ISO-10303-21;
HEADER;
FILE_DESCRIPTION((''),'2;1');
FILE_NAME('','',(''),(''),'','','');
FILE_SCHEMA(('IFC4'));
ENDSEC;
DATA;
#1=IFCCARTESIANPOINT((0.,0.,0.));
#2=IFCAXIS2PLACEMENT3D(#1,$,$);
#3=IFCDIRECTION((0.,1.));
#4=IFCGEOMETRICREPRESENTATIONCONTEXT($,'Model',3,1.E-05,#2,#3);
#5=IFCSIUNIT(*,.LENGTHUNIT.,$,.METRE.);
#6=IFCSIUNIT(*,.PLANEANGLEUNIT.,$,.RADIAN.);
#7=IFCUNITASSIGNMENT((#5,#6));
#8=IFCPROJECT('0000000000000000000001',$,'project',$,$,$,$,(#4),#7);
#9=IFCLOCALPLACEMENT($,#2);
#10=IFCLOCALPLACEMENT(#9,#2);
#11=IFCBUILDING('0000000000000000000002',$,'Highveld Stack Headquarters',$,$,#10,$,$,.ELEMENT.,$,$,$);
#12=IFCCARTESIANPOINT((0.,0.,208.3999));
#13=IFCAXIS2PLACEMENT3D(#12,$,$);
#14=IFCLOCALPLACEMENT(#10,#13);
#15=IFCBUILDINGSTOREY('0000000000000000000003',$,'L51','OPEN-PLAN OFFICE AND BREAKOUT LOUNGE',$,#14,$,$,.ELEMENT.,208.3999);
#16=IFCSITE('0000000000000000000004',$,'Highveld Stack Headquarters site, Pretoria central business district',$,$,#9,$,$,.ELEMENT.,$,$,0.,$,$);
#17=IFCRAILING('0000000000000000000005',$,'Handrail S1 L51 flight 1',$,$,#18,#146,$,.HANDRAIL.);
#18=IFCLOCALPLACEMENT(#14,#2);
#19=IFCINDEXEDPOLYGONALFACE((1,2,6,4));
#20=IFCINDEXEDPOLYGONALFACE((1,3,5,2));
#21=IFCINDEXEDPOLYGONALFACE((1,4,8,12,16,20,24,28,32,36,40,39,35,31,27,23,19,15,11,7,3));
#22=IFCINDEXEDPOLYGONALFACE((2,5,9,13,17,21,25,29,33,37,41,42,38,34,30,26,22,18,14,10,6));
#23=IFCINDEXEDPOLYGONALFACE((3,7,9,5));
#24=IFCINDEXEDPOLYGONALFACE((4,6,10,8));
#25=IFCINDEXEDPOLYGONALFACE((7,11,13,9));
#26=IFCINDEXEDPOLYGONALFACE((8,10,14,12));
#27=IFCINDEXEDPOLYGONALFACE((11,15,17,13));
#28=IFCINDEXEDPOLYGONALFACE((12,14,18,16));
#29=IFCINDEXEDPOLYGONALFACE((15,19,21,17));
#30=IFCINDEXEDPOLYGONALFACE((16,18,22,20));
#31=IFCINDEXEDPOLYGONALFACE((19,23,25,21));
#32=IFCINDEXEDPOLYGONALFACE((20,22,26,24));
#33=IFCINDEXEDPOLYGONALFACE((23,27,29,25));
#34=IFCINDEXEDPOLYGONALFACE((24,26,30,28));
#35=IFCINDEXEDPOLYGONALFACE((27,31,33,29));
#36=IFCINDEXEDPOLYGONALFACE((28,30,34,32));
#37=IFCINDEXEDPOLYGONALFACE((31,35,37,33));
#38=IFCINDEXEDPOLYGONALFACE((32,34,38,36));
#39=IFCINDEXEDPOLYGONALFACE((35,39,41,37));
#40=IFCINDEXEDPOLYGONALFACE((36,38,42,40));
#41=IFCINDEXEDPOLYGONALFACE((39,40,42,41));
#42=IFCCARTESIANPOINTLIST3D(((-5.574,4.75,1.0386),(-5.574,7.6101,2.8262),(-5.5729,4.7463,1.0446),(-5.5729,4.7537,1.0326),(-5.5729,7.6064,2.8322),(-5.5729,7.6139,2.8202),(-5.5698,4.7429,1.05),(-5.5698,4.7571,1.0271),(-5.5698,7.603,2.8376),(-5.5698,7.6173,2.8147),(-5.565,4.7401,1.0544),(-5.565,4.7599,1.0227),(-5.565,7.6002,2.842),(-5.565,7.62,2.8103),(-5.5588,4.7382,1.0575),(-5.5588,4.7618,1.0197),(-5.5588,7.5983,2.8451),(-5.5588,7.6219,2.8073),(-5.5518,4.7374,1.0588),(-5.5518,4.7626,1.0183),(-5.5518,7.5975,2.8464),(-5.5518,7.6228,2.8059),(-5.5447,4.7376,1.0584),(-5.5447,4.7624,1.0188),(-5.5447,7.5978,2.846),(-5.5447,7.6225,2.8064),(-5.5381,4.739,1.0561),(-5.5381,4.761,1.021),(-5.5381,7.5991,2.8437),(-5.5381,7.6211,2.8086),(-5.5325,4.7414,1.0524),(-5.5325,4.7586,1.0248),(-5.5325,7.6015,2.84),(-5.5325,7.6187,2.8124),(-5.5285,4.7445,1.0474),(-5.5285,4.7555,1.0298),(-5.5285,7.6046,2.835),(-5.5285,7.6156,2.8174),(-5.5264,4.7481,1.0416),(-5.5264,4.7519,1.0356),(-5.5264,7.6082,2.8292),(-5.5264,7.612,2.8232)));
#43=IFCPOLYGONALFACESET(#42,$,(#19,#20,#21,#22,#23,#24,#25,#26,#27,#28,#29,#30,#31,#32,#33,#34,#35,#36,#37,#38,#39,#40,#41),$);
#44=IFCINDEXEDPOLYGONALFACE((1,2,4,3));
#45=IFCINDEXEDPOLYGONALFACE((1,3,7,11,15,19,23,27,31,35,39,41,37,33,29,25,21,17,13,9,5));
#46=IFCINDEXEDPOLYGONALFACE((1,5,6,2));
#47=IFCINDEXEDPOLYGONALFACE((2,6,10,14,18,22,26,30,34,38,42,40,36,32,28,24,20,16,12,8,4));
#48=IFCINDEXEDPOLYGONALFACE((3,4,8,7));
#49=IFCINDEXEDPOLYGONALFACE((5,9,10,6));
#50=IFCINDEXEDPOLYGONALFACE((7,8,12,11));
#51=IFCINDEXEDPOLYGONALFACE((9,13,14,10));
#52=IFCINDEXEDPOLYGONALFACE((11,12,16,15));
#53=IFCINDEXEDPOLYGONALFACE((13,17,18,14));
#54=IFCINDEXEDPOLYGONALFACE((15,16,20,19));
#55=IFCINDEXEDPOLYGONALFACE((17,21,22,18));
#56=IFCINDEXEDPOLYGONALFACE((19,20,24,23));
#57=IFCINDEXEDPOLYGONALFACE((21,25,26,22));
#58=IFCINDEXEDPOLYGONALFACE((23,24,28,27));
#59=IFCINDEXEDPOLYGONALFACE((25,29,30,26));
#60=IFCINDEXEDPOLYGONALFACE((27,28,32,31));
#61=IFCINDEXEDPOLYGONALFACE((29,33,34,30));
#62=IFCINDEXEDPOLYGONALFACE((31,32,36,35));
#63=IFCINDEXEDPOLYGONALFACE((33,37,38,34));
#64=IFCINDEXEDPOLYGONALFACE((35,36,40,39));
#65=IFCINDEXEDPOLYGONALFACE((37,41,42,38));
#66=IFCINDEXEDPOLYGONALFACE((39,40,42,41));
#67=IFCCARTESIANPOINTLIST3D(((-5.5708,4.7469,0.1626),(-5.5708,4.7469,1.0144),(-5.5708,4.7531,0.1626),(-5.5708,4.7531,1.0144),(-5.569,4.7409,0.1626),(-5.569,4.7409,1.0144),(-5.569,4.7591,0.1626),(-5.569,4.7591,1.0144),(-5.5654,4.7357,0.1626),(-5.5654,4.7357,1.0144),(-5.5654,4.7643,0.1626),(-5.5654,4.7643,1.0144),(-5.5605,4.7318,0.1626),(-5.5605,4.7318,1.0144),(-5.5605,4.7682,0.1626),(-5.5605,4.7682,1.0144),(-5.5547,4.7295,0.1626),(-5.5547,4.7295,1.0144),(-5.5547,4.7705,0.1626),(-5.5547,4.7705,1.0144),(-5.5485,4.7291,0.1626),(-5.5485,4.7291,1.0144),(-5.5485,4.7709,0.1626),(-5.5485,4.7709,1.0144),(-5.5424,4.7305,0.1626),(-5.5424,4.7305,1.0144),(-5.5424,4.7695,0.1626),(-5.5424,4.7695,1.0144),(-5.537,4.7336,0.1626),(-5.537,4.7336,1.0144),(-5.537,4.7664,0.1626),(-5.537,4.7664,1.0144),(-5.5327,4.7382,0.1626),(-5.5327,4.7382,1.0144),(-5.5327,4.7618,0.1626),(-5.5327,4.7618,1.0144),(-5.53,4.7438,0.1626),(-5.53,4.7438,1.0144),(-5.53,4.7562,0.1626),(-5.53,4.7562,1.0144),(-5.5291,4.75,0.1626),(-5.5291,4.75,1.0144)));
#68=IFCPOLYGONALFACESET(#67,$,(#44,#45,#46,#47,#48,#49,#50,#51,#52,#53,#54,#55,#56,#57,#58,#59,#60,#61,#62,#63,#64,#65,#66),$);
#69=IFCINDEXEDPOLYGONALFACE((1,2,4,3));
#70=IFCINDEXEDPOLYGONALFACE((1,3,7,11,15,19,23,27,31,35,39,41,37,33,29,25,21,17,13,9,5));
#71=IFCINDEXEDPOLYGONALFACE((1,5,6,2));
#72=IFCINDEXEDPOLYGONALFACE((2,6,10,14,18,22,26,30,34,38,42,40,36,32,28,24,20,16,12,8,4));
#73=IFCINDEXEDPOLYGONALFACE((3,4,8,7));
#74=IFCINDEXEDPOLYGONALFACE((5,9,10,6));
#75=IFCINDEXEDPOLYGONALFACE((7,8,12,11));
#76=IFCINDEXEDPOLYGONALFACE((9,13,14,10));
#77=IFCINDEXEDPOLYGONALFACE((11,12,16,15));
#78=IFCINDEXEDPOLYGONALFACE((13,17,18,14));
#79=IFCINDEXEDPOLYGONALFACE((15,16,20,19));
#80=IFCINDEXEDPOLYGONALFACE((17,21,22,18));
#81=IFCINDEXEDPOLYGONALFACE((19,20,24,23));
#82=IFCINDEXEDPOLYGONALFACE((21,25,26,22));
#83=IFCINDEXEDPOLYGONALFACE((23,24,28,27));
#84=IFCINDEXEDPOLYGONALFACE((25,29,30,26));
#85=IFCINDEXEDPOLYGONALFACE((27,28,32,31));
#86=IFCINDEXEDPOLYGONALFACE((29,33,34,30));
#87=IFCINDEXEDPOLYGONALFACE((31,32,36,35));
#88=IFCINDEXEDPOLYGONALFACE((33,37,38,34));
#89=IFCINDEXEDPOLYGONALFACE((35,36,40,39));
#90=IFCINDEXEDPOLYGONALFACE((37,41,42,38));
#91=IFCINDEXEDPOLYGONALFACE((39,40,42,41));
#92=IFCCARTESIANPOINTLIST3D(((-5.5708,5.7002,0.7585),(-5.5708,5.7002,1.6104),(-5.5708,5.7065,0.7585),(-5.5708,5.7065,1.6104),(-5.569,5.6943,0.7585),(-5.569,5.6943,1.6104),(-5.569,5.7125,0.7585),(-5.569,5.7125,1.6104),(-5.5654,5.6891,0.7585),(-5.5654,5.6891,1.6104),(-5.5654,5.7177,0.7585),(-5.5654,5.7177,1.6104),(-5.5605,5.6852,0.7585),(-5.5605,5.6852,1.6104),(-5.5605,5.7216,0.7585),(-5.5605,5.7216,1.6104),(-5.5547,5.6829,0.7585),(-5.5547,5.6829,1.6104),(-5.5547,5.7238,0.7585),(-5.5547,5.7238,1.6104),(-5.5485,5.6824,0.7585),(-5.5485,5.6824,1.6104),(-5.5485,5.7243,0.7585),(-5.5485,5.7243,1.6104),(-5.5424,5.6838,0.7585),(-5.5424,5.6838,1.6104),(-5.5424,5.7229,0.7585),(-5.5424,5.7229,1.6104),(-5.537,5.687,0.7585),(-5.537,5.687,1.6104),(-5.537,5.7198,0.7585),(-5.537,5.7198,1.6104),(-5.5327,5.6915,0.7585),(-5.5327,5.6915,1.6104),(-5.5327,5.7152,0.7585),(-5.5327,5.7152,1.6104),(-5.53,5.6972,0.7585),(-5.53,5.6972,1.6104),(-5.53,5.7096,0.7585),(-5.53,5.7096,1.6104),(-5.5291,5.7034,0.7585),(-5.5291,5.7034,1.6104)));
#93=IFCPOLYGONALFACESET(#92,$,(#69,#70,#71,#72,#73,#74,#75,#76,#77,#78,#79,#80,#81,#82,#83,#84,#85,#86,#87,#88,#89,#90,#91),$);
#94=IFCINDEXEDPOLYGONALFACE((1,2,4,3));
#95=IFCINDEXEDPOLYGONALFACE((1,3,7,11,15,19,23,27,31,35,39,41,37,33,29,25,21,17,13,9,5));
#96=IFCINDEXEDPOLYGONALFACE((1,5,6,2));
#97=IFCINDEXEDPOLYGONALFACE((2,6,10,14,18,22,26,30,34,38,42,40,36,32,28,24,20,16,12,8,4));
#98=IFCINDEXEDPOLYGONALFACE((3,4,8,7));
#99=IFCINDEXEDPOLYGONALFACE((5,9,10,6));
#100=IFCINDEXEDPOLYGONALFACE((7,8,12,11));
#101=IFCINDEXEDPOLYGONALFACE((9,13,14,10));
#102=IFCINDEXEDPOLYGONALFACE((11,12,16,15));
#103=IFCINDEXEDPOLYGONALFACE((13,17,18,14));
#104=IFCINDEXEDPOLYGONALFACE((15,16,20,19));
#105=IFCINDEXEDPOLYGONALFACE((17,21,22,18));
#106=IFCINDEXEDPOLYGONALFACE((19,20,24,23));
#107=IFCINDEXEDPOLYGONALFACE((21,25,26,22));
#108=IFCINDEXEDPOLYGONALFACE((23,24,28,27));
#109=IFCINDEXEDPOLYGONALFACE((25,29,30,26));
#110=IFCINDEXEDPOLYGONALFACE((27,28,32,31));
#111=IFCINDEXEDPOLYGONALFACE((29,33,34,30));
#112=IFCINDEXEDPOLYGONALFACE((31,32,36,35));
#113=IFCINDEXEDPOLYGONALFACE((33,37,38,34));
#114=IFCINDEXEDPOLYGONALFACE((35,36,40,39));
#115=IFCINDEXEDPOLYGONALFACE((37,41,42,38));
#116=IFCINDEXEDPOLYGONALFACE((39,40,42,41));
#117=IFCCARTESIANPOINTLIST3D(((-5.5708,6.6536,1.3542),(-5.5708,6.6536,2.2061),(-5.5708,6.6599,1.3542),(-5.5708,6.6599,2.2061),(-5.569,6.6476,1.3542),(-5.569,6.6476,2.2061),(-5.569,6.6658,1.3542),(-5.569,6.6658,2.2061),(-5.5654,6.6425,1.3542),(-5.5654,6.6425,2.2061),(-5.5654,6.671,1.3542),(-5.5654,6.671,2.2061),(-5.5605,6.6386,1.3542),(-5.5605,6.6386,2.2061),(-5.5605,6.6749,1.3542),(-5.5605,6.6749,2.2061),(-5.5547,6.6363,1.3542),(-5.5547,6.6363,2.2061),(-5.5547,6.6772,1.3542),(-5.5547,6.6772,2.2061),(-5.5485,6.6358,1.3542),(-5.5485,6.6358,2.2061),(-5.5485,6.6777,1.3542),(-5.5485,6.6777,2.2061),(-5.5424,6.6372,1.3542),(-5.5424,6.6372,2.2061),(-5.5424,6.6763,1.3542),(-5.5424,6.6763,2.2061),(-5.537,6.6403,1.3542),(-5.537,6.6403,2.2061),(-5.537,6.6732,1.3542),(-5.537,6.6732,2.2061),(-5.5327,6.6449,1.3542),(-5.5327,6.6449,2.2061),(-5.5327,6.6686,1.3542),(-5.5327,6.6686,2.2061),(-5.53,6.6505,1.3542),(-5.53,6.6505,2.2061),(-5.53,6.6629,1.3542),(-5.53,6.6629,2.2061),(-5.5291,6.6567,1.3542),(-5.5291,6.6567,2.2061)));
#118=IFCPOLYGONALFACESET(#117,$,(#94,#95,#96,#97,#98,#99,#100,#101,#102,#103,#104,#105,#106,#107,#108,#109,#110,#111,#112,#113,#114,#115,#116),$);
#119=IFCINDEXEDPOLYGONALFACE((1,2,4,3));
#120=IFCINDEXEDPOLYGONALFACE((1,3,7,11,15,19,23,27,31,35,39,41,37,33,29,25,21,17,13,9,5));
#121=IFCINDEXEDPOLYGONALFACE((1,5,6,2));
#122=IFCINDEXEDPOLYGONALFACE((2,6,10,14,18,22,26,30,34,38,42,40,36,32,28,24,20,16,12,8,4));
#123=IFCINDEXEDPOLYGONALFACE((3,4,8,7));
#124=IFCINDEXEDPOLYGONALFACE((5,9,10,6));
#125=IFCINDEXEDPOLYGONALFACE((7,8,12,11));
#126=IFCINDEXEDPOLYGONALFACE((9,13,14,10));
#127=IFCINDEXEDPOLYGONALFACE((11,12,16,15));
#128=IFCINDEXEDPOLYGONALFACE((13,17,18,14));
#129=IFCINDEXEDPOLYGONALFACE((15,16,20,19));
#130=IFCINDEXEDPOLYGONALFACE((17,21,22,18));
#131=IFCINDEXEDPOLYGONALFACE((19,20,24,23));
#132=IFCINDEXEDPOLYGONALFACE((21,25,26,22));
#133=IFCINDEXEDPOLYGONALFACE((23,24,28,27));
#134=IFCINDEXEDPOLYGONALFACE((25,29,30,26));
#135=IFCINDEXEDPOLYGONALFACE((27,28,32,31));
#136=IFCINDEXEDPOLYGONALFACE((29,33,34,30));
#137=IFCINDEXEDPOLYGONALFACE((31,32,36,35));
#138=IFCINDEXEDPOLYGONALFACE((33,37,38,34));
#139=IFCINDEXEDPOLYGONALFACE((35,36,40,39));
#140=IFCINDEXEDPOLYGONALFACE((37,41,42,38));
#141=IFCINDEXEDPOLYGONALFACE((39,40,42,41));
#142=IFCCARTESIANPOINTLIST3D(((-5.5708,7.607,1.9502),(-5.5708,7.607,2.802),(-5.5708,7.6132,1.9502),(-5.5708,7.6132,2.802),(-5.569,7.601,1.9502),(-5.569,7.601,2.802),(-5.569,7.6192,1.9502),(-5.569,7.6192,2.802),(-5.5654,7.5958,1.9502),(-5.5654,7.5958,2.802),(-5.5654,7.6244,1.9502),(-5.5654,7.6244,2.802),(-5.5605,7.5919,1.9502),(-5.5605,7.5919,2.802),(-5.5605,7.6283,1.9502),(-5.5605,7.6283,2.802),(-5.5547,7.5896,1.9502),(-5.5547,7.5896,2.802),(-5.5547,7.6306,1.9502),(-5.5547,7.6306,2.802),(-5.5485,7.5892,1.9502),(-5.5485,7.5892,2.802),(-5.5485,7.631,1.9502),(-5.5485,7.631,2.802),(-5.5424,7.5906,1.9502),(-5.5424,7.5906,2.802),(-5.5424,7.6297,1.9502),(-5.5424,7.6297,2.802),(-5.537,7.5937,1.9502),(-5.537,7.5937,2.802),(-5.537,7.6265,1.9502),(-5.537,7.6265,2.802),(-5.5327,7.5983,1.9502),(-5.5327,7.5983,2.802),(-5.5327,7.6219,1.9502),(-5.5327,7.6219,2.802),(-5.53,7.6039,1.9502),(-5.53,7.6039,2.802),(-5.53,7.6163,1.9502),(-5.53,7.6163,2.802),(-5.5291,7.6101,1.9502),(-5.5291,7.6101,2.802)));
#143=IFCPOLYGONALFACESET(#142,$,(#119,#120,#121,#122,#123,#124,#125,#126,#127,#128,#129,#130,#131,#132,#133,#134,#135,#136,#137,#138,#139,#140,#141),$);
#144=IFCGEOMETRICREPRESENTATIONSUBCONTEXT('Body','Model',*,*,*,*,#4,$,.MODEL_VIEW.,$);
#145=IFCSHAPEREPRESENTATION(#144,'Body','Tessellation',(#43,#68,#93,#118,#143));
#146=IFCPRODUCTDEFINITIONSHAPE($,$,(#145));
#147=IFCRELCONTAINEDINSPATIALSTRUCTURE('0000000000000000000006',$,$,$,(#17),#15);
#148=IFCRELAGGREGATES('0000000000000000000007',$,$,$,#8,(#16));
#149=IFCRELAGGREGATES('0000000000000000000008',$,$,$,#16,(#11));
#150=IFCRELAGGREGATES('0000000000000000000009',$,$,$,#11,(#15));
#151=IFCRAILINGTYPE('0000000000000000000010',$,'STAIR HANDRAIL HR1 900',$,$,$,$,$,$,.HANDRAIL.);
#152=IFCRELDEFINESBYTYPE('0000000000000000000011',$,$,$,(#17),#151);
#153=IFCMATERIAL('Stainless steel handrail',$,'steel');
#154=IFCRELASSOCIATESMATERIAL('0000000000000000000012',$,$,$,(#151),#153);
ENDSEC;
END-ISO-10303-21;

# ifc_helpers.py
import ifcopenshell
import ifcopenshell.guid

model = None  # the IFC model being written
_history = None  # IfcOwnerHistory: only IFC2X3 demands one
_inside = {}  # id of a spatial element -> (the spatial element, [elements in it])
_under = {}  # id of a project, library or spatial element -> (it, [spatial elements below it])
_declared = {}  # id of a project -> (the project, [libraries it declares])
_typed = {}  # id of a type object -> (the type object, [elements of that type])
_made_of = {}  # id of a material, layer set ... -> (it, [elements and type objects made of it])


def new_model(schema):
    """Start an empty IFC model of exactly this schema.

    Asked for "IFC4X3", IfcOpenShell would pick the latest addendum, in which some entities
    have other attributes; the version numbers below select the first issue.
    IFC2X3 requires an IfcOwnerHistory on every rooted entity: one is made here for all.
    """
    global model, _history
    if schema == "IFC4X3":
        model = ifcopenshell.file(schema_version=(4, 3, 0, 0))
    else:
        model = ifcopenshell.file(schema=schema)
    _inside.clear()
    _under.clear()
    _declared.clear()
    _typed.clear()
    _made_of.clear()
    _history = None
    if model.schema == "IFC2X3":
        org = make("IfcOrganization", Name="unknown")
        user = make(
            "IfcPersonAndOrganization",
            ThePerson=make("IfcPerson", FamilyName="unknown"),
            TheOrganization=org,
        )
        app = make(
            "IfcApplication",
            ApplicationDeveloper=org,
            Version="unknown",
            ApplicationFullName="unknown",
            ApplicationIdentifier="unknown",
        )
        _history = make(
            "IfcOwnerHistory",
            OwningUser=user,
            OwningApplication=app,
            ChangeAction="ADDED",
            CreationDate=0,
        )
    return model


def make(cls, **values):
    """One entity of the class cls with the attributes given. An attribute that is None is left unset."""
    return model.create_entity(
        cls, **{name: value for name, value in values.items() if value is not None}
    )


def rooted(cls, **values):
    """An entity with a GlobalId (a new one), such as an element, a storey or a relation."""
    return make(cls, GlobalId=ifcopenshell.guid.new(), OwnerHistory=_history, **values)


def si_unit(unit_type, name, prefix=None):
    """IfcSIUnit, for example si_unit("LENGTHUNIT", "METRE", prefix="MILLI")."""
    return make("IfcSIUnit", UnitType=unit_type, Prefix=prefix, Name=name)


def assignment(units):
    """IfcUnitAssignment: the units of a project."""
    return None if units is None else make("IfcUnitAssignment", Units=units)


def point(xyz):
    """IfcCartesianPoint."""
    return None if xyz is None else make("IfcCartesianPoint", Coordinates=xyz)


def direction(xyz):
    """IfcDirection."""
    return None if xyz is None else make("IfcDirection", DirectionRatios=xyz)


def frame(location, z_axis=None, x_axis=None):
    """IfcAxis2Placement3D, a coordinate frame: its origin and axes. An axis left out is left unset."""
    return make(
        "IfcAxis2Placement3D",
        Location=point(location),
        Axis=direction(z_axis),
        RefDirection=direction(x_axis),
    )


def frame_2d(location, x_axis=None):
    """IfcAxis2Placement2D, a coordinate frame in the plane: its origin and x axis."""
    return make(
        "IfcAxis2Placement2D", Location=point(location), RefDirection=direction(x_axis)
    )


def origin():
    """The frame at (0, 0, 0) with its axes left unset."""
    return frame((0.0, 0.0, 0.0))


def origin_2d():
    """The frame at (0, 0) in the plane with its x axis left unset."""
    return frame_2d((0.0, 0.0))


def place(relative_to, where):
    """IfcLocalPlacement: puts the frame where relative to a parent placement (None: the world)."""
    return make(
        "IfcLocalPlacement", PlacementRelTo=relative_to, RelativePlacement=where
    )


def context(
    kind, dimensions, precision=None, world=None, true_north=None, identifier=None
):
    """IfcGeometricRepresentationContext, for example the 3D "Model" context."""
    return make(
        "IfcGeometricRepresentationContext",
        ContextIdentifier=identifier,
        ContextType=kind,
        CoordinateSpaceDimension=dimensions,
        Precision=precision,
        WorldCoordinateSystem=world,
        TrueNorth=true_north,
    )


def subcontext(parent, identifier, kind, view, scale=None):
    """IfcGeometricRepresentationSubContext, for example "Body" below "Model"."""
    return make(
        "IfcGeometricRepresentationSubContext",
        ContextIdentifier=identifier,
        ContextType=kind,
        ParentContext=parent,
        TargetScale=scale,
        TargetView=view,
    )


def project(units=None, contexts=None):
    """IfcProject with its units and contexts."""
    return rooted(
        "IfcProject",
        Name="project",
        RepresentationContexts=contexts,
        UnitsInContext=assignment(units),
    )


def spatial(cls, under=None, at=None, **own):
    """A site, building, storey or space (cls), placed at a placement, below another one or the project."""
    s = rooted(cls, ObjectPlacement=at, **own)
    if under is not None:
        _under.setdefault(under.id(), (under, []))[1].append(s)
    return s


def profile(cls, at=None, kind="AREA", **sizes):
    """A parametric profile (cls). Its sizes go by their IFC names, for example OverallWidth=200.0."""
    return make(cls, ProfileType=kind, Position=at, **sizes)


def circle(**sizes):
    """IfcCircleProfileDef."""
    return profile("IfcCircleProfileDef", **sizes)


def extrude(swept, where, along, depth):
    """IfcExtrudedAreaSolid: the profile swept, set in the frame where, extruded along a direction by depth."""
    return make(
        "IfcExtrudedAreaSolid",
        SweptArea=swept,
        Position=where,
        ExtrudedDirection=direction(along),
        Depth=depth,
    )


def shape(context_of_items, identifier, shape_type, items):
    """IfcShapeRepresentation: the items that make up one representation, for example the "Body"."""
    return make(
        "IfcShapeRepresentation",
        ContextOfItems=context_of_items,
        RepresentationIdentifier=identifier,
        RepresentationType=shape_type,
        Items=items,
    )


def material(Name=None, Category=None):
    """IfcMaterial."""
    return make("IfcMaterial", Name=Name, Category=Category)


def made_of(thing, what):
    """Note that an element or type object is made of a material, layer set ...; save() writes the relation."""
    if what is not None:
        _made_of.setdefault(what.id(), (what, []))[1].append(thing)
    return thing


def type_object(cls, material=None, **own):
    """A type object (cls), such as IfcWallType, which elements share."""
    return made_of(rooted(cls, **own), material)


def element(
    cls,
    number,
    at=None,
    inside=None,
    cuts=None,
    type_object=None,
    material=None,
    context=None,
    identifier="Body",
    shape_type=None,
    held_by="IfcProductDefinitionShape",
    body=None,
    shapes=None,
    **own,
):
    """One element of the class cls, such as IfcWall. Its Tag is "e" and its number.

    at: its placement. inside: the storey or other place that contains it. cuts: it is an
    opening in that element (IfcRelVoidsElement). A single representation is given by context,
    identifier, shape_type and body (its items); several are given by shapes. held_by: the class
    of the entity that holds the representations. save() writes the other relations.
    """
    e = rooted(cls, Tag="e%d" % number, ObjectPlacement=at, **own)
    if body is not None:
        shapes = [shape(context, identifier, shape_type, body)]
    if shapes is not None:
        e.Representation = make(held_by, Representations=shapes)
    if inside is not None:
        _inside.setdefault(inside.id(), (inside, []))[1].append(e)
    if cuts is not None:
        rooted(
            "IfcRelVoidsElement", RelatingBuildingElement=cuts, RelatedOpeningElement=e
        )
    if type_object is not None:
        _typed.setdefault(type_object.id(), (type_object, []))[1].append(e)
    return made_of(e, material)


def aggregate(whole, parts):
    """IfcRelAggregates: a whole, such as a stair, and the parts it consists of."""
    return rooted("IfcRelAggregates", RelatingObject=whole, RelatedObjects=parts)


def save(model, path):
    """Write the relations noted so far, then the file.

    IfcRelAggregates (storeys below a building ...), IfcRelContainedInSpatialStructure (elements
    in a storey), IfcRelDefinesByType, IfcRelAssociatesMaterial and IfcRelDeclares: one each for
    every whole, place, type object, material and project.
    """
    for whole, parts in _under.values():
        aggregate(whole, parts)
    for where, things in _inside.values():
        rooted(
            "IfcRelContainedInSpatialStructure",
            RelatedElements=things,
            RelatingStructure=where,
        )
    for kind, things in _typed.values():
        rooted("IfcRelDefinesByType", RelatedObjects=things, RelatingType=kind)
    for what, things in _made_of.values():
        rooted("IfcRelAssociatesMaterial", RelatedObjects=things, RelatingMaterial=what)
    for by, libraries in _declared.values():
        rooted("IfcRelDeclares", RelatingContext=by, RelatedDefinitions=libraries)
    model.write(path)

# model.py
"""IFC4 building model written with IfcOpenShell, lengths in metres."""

from ifc_helpers import new_model, si_unit, direction, frame, origin, origin_2d, place, context, subcontext, project, spatial, circle, extrude, material, type_object, element, save


model = new_model("IFC4")

# Units and contexts
model_context = context("Model", 3, precision=1e-05, world=origin(), true_north=direction((0.0, 1.0)))
body_context = subcontext(model_context, "Body", "Model", "MODEL_VIEW")
ifc_project = project(units=[si_unit("LENGTHUNIT", "METRE"), si_unit("PLANEANGLEUNIT", "RADIAN")], contexts=[model_context])

# Site, building, storey
site_placement = place(None, origin())
site = spatial("IfcSite", under=ifc_project, at=site_placement, Name="Highveld Stack Headquarters site, Pretoria central business district", CompositionType="ELEMENT", RefElevation=0.0)
building_placement = place(site_placement, origin())
building = spatial("IfcBuilding", under=site, at=building_placement, Name="Highveld Stack Headquarters", CompositionType="ELEMENT")
storey_placement = place(building_placement, frame((0.0, 0.0, 208.3999)))
storey = spatial("IfcBuildingStorey", under=building, at=storey_placement, Name="L51", Description="OPEN-PLAN OFFICE AND BREAKOUT LOUNGE", CompositionType="ELEMENT", Elevation=208.3999)

# Railing
ifc_material_1 = material(Name="Stainless steel handrail", Category="steel")
railing_type = type_object("IfcRailingType", Name="STAIR HANDRAIL HR1 900", PredefinedType="HANDRAIL", material=ifc_material_1)
for number, where, name in (
    (1, (-5.55, 4.75, 0.1626), "Handrail S1 L51 flight 1"),
):
    element("IfcRailing", number, at=place(storey_placement, frame(where)), inside=storey, type_object=railing_type, Name=name, PredefinedType="HANDRAIL", context=body_context, shape_type="SweptSolid", body=[
        extrude(circle(Radius=0.0239, at=origin_2d()), frame((0.0, 0.0, 0.876), z_axis=(0.0, 0.847994, 0.530005), x_axis=(-1.0, 0.0, 0.0)), (0.0, 0.0, 1.0), 3.3728),
        extrude(circle(Radius=0.021, at=origin_2d()), origin(), (0.0, 0.0, 1.0), 0.8518),
        extrude(circle(Radius=0.021, at=origin_2d()), frame((0.0, 0.9534, 0.5959)), (0.0, 0.0, 1.0), 0.8518),
        extrude(circle(Radius=0.021, at=origin_2d()), frame((0.0, 1.9067, 1.1917)), (0.0, 0.0, 1.0), 0.8518),
        extrude(circle(Radius=0.021, at=origin_2d()), frame((0.0, 2.8601, 1.7876)), (0.0, 0.0, 1.0), 0.8518),
    ])

save(model, "model.ifc")
